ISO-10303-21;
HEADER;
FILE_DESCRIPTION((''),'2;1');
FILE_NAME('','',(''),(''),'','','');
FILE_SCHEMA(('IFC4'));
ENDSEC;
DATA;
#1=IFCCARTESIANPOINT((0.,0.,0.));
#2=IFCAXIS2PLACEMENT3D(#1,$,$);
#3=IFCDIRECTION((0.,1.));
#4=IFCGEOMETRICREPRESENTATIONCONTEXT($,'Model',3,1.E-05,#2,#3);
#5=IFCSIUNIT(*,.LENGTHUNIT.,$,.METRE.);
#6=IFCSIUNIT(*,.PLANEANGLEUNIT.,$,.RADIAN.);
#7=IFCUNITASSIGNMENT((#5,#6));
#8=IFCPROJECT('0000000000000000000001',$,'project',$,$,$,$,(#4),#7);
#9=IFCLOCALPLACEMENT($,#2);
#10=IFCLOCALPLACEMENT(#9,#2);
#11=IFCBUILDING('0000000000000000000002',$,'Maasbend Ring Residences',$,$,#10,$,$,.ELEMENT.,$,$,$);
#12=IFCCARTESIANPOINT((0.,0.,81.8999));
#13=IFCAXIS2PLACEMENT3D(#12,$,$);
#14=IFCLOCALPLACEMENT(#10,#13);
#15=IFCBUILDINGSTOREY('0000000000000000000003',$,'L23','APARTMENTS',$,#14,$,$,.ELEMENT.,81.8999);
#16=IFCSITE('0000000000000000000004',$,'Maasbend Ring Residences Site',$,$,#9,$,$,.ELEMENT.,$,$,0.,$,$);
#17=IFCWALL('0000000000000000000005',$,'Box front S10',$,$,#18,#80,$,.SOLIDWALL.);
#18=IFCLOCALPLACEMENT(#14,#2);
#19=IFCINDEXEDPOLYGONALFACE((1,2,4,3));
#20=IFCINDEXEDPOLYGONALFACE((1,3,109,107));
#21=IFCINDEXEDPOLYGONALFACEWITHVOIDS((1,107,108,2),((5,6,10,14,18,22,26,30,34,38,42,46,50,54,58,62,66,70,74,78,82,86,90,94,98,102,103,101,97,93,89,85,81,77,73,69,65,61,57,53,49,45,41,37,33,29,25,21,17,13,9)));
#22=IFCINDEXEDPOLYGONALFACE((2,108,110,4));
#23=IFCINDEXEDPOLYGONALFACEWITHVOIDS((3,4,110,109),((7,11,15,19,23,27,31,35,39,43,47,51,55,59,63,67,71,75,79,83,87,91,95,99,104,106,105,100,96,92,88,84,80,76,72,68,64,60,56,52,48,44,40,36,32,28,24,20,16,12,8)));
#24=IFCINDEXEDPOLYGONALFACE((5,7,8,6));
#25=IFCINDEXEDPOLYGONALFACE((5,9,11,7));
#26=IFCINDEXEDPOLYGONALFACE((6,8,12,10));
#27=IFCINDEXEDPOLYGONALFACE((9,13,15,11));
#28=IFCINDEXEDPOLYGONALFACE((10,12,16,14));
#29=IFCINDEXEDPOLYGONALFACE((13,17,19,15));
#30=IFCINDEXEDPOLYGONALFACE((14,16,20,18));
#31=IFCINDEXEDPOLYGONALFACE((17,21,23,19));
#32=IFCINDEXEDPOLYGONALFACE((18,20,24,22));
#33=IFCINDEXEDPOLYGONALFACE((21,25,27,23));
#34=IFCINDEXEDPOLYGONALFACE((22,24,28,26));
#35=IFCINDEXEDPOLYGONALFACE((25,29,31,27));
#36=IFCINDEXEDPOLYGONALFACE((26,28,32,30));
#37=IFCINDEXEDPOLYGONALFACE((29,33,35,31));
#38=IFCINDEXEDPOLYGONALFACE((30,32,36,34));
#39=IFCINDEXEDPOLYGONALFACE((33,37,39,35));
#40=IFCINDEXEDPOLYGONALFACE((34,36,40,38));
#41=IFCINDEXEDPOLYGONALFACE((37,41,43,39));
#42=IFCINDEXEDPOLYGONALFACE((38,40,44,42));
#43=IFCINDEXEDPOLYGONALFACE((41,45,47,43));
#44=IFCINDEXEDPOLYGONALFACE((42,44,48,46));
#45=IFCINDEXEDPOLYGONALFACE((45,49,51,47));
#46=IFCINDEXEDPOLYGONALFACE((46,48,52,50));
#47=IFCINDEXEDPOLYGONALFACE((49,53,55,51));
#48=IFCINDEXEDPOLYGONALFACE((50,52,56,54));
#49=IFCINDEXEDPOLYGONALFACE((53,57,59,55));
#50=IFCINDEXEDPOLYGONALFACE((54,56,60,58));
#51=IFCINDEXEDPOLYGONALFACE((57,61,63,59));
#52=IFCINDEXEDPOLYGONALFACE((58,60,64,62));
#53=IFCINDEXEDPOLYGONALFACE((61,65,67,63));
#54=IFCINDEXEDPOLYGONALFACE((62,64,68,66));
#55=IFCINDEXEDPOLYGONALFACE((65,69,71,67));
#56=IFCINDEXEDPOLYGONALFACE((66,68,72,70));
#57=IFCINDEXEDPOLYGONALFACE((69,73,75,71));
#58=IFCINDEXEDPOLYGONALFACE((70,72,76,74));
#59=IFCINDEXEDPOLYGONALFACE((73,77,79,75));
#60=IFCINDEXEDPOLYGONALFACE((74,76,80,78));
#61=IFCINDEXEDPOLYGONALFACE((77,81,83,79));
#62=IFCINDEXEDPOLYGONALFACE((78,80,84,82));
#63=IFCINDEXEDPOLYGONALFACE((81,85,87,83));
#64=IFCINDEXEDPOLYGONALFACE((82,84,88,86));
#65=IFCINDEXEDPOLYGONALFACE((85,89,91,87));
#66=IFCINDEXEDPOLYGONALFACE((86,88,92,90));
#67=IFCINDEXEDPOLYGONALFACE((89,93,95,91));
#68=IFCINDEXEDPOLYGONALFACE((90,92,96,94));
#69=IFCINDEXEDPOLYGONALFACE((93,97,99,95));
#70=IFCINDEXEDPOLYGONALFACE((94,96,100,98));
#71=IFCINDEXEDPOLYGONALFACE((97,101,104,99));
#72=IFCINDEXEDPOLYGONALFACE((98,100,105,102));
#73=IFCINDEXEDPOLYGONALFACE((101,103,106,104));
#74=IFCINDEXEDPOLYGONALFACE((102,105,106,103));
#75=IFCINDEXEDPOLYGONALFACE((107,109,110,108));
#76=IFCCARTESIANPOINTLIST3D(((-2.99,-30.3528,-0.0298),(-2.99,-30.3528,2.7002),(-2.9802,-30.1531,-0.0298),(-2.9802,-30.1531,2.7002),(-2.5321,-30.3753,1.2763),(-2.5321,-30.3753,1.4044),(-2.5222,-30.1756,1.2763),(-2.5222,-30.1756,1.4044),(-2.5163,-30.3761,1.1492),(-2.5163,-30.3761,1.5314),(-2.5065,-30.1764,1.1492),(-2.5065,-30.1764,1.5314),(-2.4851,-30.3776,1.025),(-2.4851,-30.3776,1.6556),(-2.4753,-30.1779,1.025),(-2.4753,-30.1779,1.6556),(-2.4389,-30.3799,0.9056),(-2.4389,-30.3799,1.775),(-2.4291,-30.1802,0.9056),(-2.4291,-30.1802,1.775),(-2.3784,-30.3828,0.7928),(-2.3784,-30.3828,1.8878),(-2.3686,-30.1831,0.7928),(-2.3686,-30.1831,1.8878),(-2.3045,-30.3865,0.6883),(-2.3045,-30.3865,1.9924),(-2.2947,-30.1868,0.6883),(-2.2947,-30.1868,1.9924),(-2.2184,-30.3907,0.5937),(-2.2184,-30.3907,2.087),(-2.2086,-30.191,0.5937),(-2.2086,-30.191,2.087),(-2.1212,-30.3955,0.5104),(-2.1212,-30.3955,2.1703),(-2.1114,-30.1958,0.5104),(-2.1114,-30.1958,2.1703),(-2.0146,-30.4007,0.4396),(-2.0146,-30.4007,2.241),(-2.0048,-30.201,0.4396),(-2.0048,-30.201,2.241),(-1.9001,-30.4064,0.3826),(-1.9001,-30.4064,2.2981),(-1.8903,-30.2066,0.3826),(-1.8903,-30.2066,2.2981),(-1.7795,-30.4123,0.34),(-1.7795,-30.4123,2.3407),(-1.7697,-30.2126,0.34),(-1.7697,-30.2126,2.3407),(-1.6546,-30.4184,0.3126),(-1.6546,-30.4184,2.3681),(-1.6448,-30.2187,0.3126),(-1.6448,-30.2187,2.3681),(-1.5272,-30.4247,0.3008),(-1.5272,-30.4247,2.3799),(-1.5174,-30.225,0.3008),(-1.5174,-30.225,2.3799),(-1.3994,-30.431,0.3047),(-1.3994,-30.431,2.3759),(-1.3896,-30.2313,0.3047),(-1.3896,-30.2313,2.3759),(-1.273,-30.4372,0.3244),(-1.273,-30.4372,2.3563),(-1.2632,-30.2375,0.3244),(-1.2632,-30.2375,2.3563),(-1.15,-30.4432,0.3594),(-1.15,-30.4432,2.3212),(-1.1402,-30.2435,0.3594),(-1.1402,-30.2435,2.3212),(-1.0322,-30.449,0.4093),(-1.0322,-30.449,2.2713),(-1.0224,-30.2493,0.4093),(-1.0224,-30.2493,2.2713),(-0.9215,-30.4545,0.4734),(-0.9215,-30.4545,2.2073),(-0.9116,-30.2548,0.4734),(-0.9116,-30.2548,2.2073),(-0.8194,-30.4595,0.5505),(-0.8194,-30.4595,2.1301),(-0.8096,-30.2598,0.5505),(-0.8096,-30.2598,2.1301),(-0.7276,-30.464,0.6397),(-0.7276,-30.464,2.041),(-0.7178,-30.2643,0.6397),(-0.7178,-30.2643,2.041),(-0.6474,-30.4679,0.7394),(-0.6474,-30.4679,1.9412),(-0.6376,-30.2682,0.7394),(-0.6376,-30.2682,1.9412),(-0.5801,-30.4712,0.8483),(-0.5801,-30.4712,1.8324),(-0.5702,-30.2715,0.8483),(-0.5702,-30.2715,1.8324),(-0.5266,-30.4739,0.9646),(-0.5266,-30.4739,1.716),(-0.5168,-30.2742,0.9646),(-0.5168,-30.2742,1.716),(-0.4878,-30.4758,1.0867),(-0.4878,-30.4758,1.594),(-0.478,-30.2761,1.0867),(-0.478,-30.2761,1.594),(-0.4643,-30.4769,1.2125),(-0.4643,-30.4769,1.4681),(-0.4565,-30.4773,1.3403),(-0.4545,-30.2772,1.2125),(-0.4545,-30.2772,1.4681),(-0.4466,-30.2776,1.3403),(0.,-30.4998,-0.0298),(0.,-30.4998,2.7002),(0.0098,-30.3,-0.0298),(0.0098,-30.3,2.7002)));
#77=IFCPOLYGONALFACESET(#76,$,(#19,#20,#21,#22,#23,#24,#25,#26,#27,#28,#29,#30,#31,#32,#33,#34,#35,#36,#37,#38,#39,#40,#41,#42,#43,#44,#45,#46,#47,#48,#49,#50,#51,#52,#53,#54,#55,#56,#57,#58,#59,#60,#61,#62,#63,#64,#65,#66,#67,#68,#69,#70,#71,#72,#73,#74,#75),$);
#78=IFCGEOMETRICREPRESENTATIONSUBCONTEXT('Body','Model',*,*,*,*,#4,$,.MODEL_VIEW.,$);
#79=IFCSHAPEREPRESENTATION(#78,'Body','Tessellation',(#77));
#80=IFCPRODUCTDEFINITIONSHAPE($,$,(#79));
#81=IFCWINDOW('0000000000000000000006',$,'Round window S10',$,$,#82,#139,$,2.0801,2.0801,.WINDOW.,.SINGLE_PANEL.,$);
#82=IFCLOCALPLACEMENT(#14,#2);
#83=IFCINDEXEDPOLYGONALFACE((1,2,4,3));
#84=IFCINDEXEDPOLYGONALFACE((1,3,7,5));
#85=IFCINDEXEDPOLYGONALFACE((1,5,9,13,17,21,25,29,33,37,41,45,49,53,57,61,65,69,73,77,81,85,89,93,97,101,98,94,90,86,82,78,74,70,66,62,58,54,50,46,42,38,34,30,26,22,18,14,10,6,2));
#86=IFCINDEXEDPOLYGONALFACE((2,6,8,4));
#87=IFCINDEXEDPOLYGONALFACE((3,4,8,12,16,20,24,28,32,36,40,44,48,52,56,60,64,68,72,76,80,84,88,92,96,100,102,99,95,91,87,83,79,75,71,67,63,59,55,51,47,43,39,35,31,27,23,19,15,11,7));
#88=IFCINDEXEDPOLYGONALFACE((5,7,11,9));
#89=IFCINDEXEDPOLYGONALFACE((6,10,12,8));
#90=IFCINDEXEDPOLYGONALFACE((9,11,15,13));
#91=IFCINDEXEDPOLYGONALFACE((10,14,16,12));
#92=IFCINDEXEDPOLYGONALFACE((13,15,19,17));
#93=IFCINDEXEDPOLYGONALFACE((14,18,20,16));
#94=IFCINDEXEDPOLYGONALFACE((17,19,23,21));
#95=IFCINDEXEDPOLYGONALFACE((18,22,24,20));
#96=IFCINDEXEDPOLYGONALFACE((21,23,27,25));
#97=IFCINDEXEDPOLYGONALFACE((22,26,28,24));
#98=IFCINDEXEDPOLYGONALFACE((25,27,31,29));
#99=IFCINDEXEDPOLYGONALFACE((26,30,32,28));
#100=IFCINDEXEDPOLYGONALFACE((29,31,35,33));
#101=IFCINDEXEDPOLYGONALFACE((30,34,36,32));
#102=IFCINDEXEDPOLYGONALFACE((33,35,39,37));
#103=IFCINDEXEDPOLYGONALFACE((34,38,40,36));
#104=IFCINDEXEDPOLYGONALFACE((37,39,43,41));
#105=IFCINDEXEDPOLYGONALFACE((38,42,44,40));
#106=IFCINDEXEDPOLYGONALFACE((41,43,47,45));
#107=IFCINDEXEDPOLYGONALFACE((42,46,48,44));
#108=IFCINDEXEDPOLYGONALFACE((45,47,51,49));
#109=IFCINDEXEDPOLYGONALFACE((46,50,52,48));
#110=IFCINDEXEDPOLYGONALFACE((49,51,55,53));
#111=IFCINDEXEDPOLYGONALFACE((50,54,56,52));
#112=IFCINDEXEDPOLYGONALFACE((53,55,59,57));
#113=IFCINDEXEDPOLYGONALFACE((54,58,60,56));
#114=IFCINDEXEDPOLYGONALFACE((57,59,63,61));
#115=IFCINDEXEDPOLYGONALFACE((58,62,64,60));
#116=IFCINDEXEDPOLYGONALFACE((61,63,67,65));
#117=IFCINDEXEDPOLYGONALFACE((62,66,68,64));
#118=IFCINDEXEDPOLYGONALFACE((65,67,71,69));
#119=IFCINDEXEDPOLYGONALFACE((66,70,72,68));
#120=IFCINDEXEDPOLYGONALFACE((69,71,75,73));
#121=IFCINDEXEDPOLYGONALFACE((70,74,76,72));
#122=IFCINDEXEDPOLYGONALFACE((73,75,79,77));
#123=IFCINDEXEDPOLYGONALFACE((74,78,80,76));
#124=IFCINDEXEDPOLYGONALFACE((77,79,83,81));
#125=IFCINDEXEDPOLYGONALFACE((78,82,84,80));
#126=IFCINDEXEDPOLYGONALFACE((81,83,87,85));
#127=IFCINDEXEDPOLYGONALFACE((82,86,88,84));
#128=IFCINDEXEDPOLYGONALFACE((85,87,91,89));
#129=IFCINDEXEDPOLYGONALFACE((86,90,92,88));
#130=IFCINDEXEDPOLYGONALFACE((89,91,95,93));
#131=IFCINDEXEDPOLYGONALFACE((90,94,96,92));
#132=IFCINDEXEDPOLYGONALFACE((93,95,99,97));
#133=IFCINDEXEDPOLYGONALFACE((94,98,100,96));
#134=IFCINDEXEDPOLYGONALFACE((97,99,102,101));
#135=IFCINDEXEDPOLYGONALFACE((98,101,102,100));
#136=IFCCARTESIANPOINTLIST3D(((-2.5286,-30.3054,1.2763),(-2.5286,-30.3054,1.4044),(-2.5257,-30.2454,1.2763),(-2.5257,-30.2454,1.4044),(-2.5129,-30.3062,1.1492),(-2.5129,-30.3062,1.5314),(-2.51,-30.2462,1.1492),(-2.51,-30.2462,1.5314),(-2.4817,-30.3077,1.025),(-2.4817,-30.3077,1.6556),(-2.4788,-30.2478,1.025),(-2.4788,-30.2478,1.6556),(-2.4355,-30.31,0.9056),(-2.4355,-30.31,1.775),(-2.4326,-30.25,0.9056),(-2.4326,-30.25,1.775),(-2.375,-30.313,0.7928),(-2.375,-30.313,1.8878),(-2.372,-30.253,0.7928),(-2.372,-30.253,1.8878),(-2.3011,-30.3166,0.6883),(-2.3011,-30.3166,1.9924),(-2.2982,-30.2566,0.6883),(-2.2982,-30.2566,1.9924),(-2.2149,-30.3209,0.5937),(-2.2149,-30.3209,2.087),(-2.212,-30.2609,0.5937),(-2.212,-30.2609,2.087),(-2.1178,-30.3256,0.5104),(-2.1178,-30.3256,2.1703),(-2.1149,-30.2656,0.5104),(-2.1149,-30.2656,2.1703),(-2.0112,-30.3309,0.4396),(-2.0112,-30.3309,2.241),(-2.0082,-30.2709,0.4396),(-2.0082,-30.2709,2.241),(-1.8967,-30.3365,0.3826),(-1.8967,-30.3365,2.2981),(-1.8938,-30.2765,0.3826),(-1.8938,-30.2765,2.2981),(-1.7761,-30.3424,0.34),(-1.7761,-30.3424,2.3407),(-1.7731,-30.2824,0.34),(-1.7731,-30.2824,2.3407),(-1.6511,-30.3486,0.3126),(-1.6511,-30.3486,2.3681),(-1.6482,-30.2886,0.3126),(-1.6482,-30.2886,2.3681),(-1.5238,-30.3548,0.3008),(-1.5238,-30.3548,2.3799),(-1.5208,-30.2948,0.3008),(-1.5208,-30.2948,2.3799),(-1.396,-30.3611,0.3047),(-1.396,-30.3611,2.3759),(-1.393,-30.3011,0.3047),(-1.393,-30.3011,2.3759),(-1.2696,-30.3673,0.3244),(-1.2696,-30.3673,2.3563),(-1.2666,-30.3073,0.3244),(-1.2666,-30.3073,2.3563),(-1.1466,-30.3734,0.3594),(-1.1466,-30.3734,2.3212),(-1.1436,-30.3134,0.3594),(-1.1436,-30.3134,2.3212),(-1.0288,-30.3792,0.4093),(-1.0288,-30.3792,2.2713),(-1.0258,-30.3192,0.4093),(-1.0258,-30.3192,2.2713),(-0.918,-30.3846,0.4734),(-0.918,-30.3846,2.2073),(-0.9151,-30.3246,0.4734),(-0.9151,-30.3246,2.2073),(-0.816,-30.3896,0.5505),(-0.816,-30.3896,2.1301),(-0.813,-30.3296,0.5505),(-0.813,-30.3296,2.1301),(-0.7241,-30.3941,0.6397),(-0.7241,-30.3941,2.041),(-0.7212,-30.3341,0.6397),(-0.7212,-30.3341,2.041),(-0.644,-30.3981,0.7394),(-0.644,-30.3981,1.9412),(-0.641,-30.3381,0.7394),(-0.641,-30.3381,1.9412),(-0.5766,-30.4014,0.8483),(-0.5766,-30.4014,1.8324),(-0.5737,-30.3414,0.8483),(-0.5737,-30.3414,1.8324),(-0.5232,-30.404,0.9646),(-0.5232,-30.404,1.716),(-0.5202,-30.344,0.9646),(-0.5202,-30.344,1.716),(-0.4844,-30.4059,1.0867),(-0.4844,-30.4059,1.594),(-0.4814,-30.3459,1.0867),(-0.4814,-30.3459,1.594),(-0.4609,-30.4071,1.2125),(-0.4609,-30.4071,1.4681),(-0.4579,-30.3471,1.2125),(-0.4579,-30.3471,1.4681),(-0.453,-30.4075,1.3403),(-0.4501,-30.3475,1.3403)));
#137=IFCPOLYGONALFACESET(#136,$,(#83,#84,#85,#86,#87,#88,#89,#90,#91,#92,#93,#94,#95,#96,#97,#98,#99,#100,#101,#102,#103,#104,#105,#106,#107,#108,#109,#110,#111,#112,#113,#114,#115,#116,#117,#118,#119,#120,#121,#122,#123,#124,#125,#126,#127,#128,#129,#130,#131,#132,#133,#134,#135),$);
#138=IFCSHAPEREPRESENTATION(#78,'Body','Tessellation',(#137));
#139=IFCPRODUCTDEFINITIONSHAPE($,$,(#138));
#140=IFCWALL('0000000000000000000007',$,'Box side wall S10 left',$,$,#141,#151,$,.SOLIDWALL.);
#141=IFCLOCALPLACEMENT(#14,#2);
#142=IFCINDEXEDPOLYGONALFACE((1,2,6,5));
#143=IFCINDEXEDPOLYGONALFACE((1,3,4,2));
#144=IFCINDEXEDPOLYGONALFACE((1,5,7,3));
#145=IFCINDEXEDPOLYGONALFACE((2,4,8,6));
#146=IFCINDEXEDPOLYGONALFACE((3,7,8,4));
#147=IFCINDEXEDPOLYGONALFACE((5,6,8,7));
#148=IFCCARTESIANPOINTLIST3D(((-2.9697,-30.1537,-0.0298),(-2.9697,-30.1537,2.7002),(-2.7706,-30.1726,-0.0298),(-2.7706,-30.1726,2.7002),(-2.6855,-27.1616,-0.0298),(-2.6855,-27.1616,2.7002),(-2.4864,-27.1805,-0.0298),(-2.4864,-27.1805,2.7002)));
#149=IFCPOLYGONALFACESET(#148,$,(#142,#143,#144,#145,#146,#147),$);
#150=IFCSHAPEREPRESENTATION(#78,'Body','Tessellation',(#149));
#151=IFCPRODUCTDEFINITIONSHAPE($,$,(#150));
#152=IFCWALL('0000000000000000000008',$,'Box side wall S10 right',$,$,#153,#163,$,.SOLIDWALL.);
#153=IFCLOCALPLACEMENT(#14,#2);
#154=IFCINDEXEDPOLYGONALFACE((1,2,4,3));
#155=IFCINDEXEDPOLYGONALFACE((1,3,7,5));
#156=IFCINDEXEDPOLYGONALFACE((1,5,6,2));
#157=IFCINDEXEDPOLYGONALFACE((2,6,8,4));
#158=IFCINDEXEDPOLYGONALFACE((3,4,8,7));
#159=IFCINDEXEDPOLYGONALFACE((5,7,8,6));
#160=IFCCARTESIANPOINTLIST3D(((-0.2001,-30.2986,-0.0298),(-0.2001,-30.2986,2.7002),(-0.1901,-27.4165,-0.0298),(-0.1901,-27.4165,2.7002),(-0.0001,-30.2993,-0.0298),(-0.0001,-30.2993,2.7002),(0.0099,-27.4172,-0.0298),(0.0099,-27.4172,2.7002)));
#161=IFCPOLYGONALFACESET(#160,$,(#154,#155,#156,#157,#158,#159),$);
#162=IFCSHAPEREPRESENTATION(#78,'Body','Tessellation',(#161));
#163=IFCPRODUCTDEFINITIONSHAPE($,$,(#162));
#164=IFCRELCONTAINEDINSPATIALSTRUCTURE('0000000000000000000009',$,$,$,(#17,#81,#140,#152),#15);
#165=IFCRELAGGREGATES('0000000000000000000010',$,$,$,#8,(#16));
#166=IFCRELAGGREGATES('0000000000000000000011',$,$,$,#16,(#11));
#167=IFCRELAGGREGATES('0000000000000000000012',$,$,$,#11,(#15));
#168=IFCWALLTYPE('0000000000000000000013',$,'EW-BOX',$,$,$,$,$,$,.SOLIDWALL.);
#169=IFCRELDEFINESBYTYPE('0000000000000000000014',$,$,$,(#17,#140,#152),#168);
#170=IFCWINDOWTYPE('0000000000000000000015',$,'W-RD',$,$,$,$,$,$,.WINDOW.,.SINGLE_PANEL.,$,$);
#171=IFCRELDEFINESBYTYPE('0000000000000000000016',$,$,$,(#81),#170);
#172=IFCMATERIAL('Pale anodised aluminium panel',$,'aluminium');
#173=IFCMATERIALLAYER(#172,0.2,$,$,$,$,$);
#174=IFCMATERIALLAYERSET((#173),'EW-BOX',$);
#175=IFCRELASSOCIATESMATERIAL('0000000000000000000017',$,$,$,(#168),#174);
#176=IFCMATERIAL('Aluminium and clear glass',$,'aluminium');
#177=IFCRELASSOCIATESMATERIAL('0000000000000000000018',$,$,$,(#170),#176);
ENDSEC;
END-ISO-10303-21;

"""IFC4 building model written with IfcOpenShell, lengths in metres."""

from ifc_helpers import new_model, si_unit, direction, frame, frame_2d, origin, place, context, subcontext, project, spatial, rectangle, circle, extrude, material, layer, layer_set, type_object, element, fill, save


model = new_model("IFC4")

# Units and contexts
model_context = context("Model", 3, precision=1e-05, world=origin(), true_north=direction((0.0, 1.0)))
body_context = subcontext(model_context, "Body", "Model", "MODEL_VIEW")
ifc_project = project(units=[si_unit("LENGTHUNIT", "METRE"), si_unit("PLANEANGLEUNIT", "RADIAN")], contexts=[model_context])

# Site, building, storey
site_placement = place(None, origin())
site = spatial("IfcSite", under=ifc_project, at=site_placement, Name="Maasbend Ring Residences Site", CompositionType="ELEMENT", RefElevation=0.0)
building_placement = place(site_placement, origin())
building = spatial("IfcBuilding", under=site, at=building_placement, Name="Maasbend Ring Residences", CompositionType="ELEMENT")
storey_placement = place(building_placement, frame((0.0, 0.0, 81.8999)))
storey = spatial("IfcBuildingStorey", under=building, at=storey_placement, Name="L23", Description="APARTMENTS", CompositionType="ELEMENT", Elevation=81.8999)

# Shared definitions
ifc_material_1 = material(Name="Pale anodised aluminium panel", Category="aluminium")
ifc_layer_1 = layer(ifc_material_1, 0.2)
ifc_layer_set_1 = layer_set([ifc_layer_1], Name="EW-BOX")
wall_type_1 = type_object("IfcWallType", Name="EW-BOX", PredefinedType="SOLIDWALL", material=ifc_layer_set_1)
ifc_material_2 = material(Name="Aluminium and clear glass", Category="aluminium")
window_type_1 = type_object("IfcWindowType", Name="W-RD", PartitioningType="SINGLE_PANEL", PredefinedType="WINDOW", material=ifc_material_2)

# Wall, opening, window
wall_1_placement = place(storey_placement, frame((-2.9851, -30.2529, -0.0298), z_axis=(0.0, 0.0, 1.0), x_axis=(0.998794, -0.049096, 0.0)))
wall_1 = element("IfcWall", 1, at=wall_1_placement, inside=storey, type_object=wall_type_1, Name="Box front S10", PredefinedType="SOLIDWALL", context=body_context, shape_type="SweptSolid", body=[
    extrude(rectangle(XDim=2.9937, YDim=0.2, at=frame_2d((1.4968, 0.0))), origin(), (0.0, 0.0, 1.0), 2.73),
])
opening_1_placement = place(wall_1_placement, frame((0.4565, 0.0, 0.3301)))
opening_1 = element("IfcOpeningElement", 2, at=opening_1_placement, cuts=wall_1, PredefinedType="OPENING", context=body_context, shape_type="SweptSolid", body=[
    extrude(circle(Radius=1.04, at=frame_2d((1.04, 1.04))), frame((0.0, 0.1099, 0.0), z_axis=(0.0, -1.0, 0.0), x_axis=(1.0, 0.0, 0.0)), (0.0, 0.0, 1.0), 0.22),
])
window_1_placement = place(opening_1_placement, origin())
window_1 = element("IfcWindow", 3, at=window_1_placement, inside=storey, type_object=window_type_1, Name="Round window S10", OverallHeight=2.0801, OverallWidth=2.0801, PartitioningType="SINGLE_PANEL", PredefinedType="WINDOW", context=body_context, shape_type="SweptSolid", body=[
    extrude(circle(Radius=1.04, at=frame_2d((1.04, 1.04))), frame((0.0, 0.03, 0.0), z_axis=(0.0, -1.0, 0.0), x_axis=(1.0, 0.0, 0.0)), (0.0, 0.0, 1.0), 0.0601),
])
fill(opening_1, window_1)

# Walls
wall_2_placement = place(storey_placement, frame((-2.5859, -27.1709, -0.0298), z_axis=(0.0, 0.0, 1.0), x_axis=(-0.094548, -0.99552, 0.0)))
element("IfcWall", 4, at=wall_2_placement, inside=storey, type_object=wall_type_1, Name="Box side wall S10 left", PredefinedType="SOLIDWALL", context=body_context, shape_type="SweptSolid", body=[
    extrude(rectangle(XDim=3.0056, YDim=0.2, at=frame_2d((1.5029, 0.0))), origin(), (0.0, 0.0, 1.0), 2.73),
])
wall_3_placement = place(storey_placement, frame((-0.0901, -27.417, -0.0298), z_axis=(0.0, 0.0, 1.0), x_axis=(-0.003473, -0.999994, 0.0)))
element("IfcWall", 5, at=wall_3_placement, inside=storey, type_object=wall_type_1, Name="Box side wall S10 right", PredefinedType="SOLIDWALL", context=body_context, shape_type="SweptSolid", body=[
    extrude(rectangle(XDim=2.8821, YDim=0.2, at=frame_2d((1.4409, 0.0))), origin(), (0.0, 0.0, 1.0), 2.73),
])

save(model, "model.ifc")
